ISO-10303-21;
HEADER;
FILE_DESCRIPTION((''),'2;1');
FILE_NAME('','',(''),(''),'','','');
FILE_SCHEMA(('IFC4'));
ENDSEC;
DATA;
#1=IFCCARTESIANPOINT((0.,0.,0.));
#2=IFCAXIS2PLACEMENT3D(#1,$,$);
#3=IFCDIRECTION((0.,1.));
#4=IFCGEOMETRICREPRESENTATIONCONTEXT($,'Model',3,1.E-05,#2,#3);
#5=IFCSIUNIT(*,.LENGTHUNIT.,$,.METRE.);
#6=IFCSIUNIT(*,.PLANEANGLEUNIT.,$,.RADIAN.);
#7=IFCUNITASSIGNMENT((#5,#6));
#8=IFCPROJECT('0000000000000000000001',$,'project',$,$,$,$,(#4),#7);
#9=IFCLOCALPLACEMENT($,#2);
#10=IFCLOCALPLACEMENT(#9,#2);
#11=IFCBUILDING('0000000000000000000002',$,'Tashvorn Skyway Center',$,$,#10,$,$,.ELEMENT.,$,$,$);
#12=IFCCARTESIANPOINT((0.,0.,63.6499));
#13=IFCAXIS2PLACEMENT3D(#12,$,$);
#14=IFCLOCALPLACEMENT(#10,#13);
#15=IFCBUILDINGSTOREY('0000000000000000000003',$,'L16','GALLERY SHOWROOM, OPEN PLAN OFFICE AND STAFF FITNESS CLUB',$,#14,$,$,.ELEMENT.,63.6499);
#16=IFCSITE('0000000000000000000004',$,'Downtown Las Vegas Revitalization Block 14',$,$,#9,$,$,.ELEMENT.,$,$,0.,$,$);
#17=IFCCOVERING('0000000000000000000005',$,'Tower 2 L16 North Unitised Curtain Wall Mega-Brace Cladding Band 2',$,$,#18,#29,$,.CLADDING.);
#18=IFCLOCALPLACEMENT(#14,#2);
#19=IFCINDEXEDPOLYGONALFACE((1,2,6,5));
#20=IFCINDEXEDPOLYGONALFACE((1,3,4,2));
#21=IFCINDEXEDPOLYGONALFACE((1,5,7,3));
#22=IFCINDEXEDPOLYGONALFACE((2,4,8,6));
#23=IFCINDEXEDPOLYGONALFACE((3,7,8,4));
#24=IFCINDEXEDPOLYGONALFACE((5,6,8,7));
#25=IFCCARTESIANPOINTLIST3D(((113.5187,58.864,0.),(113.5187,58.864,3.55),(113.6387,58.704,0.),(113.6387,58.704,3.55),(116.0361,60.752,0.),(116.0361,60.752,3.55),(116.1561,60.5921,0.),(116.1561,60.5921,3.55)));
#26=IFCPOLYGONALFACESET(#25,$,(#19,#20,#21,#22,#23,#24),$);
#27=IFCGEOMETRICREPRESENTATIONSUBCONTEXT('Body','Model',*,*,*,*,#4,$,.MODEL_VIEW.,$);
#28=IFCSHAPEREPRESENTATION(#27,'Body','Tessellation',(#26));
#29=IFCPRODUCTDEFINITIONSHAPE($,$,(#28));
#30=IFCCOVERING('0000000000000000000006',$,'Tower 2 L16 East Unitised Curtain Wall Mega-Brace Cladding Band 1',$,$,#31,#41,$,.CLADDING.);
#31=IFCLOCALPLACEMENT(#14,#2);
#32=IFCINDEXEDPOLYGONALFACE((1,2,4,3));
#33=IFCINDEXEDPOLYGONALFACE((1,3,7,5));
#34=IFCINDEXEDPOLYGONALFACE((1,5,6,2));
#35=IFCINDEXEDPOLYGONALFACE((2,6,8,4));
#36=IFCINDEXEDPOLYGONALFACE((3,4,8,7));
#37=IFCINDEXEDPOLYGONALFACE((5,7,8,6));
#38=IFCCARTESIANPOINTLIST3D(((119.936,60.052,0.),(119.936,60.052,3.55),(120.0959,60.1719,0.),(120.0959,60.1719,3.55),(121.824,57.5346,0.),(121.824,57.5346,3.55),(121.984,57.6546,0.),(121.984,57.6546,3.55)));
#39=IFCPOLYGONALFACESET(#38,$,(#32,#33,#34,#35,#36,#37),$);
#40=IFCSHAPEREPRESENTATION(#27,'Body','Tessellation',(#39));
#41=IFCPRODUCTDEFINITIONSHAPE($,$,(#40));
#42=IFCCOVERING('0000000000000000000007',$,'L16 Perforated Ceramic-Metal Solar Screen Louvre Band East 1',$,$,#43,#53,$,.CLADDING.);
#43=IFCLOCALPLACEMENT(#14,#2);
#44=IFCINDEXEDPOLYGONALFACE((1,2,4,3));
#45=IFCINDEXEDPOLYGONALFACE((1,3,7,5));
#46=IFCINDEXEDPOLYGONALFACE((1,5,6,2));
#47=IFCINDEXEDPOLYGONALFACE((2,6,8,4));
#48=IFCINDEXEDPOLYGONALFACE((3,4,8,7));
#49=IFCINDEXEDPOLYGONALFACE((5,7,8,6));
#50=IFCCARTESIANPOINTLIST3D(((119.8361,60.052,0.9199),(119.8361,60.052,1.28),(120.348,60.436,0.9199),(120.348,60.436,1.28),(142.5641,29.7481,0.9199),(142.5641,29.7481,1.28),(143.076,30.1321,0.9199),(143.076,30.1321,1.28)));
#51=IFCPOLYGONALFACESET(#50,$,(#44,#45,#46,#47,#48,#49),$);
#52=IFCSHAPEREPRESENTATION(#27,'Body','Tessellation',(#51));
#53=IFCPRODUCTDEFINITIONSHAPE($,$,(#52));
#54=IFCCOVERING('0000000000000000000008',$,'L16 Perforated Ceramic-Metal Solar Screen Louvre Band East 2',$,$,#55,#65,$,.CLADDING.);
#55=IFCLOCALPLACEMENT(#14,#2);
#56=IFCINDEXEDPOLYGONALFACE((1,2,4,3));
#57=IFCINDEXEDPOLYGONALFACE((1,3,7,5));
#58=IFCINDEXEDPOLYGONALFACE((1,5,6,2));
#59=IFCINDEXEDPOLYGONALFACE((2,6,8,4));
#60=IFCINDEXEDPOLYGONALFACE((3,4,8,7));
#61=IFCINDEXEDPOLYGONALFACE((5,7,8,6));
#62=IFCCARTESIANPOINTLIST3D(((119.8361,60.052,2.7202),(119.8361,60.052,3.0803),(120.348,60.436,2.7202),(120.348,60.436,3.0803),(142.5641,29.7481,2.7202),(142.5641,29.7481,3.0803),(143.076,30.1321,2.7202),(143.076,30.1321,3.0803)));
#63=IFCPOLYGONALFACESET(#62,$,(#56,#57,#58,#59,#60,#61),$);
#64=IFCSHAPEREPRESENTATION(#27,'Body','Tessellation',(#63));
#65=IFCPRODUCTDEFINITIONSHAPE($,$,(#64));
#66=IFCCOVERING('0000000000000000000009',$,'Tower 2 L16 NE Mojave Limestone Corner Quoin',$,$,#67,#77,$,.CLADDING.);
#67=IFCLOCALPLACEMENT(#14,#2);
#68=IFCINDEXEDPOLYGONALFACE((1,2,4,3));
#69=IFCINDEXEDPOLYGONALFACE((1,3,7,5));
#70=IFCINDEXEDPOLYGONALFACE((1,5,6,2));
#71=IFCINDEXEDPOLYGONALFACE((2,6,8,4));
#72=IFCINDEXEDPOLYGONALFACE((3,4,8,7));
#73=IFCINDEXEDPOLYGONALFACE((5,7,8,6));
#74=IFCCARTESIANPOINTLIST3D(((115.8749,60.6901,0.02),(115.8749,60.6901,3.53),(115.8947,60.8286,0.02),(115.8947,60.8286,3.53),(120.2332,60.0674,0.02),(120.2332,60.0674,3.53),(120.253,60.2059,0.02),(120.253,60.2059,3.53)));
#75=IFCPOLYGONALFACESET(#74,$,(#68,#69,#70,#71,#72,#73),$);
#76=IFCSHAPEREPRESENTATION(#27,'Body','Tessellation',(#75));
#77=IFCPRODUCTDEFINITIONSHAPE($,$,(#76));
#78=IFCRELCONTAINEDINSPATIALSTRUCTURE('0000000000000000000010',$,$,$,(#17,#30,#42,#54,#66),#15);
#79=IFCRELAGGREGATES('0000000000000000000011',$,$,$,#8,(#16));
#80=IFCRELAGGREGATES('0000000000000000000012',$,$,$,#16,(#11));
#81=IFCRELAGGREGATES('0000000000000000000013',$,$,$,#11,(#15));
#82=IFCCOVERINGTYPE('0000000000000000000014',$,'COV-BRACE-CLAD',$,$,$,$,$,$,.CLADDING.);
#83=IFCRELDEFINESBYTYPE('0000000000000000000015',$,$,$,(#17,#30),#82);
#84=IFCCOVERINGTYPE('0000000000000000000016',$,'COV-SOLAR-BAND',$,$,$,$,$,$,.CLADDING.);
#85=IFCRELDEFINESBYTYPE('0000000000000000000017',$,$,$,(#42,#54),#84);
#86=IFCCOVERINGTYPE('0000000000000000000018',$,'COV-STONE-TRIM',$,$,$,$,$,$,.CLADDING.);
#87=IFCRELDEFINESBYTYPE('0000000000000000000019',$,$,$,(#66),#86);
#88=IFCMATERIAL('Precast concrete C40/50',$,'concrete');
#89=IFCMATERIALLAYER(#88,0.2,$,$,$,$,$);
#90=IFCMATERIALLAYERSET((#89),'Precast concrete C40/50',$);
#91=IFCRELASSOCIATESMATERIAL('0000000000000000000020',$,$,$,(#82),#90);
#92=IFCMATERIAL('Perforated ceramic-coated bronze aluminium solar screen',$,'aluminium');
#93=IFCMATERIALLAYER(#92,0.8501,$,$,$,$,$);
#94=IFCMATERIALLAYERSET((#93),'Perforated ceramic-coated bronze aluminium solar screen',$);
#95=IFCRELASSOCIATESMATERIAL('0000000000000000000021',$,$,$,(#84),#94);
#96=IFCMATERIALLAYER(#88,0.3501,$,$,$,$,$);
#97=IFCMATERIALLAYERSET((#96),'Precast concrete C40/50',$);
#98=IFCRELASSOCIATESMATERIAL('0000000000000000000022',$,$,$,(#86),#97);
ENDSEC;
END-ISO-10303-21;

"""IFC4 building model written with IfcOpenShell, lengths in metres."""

from ifc_helpers import new_model, si_unit, direction, frame, origin, origin_2d, place, context, subcontext, project, spatial, rectangle, extrude, material, layer, layer_set, type_object, element, save


model = new_model("IFC4")

# Units and contexts
model_context = context("Model", 3, precision=1e-05, world=origin(), true_north=direction((0.0, 1.0)))
body_context = subcontext(model_context, "Body", "Model", "MODEL_VIEW")
ifc_project = project(units=[si_unit("LENGTHUNIT", "METRE"), si_unit("PLANEANGLEUNIT", "RADIAN")], contexts=[model_context])

# Site, building, storey
site_placement = place(None, origin())
site = spatial("IfcSite", under=ifc_project, at=site_placement, Name="Downtown Las Vegas Revitalization Block 14", CompositionType="ELEMENT", RefElevation=0.0)
building_placement = place(site_placement, origin())
building = spatial("IfcBuilding", under=site, at=building_placement, Name="Tashvorn Skyway Center", CompositionType="ELEMENT")
storey_placement = place(building_placement, frame((0.0, 0.0, 63.6499)))
storey = spatial("IfcBuildingStorey", under=building, at=storey_placement, Name="L16", Description="GALLERY SHOWROOM, OPEN PLAN OFFICE AND STAFF FITNESS CLUB", CompositionType="ELEMENT", Elevation=63.6499)

# Shared definitions
ifc_material_1 = material(Name="Precast concrete C40/50", Category="concrete")

# Coverings
ifc_layer_1 = layer(ifc_material_1, 0.2)
ifc_layer_set_1 = layer_set([ifc_layer_1], Name="Precast concrete C40/50")
covering_type_1 = type_object("IfcCoveringType", Name="COV-BRACE-CLAD", PredefinedType="CLADDING", material=ifc_layer_set_1)
for number, where, z_axis, x_axis, name in (
    (1, (114.8374, 59.728, 0.0), (0.0, 0.0, 1.0), (0.8, 0.6, 0.0), "Tower 2 L16 North Unitised Curtain Wall Mega-Brace Cladding Band 2"),
    (2, (120.96, 58.8533, 0.0), (0.0, 0.0, 1.0), (0.6, -0.8, 0.0), "Tower 2 L16 East Unitised Curtain Wall Mega-Brace Cladding Band 1"),
):
    element("IfcCovering", number, at=place(storey_placement, frame(where, z_axis=z_axis, x_axis=x_axis)), inside=storey, type_object=covering_type_1, Name=name, PredefinedType="CLADDING", context=body_context, shape_type="SweptSolid", body=[
        extrude(rectangle(XDim=3.1467, YDim=0.2, at=origin_2d()), origin(), (0.0, 0.0, 1.0), 3.55),
    ])
ifc_material_2 = material(Name="Perforated ceramic-coated bronze aluminium solar screen", Category="aluminium")
ifc_layer_2 = layer(ifc_material_2, 0.8501)
ifc_layer_set_2 = layer_set([ifc_layer_2], Name="Perforated ceramic-coated bronze aluminium solar screen")
covering_type_2 = type_object("IfcCoveringType", Name="COV-SOLAR-BAND", PredefinedType="CLADDING", material=ifc_layer_set_2)
for number, where, z_axis, x_axis, name in (
    (3, (131.4561, 45.092, 0.9199), (0.0, 0.0, 1.0), (0.6, -0.8, 0.0), "L16 Perforated Ceramic-Metal Solar Screen Louvre Band East 1"),
    (4, (131.4561, 45.092, 2.7202), (0.0, 0.0, 1.0), (0.6, -0.8, 0.0), "L16 Perforated Ceramic-Metal Solar Screen Louvre Band East 2"),
):
    element("IfcCovering", number, at=place(storey_placement, frame(where, z_axis=z_axis, x_axis=x_axis)), inside=storey, type_object=covering_type_2, Name=name, PredefinedType="CLADDING", context=body_context, shape_type="SweptSolid", body=[
        extrude(rectangle(XDim=37.8799, YDim=0.6399, at=origin_2d()), origin(), (0.0, 0.0, 1.0), 0.3601),
    ])
ifc_layer_3 = layer(ifc_material_1, 0.3501)
ifc_layer_set_3 = layer_set([ifc_layer_3], Name="Precast concrete C40/50")
covering_type_3 = type_object("IfcCoveringType", Name="COV-STONE-TRIM", PredefinedType="CLADDING", material=ifc_layer_set_3)
covering_placement = place(storey_placement, frame((118.064, 60.448, 0.02), z_axis=(0.0, 0.0, 1.0), x_axis=(0.989949, -0.141421, 0.0)))
element("IfcCovering", 5, at=covering_placement, inside=storey, type_object=covering_type_3, Name="Tower 2 L16 NE Mojave Limestone Corner Quoin", PredefinedType="CLADDING", context=body_context, shape_type="SweptSolid", body=[
    extrude(rectangle(XDim=4.4026, YDim=0.1399, at=origin_2d()), origin(), (0.0, 0.0, 1.0), 3.51),
])

save(model, "model.ifc")
